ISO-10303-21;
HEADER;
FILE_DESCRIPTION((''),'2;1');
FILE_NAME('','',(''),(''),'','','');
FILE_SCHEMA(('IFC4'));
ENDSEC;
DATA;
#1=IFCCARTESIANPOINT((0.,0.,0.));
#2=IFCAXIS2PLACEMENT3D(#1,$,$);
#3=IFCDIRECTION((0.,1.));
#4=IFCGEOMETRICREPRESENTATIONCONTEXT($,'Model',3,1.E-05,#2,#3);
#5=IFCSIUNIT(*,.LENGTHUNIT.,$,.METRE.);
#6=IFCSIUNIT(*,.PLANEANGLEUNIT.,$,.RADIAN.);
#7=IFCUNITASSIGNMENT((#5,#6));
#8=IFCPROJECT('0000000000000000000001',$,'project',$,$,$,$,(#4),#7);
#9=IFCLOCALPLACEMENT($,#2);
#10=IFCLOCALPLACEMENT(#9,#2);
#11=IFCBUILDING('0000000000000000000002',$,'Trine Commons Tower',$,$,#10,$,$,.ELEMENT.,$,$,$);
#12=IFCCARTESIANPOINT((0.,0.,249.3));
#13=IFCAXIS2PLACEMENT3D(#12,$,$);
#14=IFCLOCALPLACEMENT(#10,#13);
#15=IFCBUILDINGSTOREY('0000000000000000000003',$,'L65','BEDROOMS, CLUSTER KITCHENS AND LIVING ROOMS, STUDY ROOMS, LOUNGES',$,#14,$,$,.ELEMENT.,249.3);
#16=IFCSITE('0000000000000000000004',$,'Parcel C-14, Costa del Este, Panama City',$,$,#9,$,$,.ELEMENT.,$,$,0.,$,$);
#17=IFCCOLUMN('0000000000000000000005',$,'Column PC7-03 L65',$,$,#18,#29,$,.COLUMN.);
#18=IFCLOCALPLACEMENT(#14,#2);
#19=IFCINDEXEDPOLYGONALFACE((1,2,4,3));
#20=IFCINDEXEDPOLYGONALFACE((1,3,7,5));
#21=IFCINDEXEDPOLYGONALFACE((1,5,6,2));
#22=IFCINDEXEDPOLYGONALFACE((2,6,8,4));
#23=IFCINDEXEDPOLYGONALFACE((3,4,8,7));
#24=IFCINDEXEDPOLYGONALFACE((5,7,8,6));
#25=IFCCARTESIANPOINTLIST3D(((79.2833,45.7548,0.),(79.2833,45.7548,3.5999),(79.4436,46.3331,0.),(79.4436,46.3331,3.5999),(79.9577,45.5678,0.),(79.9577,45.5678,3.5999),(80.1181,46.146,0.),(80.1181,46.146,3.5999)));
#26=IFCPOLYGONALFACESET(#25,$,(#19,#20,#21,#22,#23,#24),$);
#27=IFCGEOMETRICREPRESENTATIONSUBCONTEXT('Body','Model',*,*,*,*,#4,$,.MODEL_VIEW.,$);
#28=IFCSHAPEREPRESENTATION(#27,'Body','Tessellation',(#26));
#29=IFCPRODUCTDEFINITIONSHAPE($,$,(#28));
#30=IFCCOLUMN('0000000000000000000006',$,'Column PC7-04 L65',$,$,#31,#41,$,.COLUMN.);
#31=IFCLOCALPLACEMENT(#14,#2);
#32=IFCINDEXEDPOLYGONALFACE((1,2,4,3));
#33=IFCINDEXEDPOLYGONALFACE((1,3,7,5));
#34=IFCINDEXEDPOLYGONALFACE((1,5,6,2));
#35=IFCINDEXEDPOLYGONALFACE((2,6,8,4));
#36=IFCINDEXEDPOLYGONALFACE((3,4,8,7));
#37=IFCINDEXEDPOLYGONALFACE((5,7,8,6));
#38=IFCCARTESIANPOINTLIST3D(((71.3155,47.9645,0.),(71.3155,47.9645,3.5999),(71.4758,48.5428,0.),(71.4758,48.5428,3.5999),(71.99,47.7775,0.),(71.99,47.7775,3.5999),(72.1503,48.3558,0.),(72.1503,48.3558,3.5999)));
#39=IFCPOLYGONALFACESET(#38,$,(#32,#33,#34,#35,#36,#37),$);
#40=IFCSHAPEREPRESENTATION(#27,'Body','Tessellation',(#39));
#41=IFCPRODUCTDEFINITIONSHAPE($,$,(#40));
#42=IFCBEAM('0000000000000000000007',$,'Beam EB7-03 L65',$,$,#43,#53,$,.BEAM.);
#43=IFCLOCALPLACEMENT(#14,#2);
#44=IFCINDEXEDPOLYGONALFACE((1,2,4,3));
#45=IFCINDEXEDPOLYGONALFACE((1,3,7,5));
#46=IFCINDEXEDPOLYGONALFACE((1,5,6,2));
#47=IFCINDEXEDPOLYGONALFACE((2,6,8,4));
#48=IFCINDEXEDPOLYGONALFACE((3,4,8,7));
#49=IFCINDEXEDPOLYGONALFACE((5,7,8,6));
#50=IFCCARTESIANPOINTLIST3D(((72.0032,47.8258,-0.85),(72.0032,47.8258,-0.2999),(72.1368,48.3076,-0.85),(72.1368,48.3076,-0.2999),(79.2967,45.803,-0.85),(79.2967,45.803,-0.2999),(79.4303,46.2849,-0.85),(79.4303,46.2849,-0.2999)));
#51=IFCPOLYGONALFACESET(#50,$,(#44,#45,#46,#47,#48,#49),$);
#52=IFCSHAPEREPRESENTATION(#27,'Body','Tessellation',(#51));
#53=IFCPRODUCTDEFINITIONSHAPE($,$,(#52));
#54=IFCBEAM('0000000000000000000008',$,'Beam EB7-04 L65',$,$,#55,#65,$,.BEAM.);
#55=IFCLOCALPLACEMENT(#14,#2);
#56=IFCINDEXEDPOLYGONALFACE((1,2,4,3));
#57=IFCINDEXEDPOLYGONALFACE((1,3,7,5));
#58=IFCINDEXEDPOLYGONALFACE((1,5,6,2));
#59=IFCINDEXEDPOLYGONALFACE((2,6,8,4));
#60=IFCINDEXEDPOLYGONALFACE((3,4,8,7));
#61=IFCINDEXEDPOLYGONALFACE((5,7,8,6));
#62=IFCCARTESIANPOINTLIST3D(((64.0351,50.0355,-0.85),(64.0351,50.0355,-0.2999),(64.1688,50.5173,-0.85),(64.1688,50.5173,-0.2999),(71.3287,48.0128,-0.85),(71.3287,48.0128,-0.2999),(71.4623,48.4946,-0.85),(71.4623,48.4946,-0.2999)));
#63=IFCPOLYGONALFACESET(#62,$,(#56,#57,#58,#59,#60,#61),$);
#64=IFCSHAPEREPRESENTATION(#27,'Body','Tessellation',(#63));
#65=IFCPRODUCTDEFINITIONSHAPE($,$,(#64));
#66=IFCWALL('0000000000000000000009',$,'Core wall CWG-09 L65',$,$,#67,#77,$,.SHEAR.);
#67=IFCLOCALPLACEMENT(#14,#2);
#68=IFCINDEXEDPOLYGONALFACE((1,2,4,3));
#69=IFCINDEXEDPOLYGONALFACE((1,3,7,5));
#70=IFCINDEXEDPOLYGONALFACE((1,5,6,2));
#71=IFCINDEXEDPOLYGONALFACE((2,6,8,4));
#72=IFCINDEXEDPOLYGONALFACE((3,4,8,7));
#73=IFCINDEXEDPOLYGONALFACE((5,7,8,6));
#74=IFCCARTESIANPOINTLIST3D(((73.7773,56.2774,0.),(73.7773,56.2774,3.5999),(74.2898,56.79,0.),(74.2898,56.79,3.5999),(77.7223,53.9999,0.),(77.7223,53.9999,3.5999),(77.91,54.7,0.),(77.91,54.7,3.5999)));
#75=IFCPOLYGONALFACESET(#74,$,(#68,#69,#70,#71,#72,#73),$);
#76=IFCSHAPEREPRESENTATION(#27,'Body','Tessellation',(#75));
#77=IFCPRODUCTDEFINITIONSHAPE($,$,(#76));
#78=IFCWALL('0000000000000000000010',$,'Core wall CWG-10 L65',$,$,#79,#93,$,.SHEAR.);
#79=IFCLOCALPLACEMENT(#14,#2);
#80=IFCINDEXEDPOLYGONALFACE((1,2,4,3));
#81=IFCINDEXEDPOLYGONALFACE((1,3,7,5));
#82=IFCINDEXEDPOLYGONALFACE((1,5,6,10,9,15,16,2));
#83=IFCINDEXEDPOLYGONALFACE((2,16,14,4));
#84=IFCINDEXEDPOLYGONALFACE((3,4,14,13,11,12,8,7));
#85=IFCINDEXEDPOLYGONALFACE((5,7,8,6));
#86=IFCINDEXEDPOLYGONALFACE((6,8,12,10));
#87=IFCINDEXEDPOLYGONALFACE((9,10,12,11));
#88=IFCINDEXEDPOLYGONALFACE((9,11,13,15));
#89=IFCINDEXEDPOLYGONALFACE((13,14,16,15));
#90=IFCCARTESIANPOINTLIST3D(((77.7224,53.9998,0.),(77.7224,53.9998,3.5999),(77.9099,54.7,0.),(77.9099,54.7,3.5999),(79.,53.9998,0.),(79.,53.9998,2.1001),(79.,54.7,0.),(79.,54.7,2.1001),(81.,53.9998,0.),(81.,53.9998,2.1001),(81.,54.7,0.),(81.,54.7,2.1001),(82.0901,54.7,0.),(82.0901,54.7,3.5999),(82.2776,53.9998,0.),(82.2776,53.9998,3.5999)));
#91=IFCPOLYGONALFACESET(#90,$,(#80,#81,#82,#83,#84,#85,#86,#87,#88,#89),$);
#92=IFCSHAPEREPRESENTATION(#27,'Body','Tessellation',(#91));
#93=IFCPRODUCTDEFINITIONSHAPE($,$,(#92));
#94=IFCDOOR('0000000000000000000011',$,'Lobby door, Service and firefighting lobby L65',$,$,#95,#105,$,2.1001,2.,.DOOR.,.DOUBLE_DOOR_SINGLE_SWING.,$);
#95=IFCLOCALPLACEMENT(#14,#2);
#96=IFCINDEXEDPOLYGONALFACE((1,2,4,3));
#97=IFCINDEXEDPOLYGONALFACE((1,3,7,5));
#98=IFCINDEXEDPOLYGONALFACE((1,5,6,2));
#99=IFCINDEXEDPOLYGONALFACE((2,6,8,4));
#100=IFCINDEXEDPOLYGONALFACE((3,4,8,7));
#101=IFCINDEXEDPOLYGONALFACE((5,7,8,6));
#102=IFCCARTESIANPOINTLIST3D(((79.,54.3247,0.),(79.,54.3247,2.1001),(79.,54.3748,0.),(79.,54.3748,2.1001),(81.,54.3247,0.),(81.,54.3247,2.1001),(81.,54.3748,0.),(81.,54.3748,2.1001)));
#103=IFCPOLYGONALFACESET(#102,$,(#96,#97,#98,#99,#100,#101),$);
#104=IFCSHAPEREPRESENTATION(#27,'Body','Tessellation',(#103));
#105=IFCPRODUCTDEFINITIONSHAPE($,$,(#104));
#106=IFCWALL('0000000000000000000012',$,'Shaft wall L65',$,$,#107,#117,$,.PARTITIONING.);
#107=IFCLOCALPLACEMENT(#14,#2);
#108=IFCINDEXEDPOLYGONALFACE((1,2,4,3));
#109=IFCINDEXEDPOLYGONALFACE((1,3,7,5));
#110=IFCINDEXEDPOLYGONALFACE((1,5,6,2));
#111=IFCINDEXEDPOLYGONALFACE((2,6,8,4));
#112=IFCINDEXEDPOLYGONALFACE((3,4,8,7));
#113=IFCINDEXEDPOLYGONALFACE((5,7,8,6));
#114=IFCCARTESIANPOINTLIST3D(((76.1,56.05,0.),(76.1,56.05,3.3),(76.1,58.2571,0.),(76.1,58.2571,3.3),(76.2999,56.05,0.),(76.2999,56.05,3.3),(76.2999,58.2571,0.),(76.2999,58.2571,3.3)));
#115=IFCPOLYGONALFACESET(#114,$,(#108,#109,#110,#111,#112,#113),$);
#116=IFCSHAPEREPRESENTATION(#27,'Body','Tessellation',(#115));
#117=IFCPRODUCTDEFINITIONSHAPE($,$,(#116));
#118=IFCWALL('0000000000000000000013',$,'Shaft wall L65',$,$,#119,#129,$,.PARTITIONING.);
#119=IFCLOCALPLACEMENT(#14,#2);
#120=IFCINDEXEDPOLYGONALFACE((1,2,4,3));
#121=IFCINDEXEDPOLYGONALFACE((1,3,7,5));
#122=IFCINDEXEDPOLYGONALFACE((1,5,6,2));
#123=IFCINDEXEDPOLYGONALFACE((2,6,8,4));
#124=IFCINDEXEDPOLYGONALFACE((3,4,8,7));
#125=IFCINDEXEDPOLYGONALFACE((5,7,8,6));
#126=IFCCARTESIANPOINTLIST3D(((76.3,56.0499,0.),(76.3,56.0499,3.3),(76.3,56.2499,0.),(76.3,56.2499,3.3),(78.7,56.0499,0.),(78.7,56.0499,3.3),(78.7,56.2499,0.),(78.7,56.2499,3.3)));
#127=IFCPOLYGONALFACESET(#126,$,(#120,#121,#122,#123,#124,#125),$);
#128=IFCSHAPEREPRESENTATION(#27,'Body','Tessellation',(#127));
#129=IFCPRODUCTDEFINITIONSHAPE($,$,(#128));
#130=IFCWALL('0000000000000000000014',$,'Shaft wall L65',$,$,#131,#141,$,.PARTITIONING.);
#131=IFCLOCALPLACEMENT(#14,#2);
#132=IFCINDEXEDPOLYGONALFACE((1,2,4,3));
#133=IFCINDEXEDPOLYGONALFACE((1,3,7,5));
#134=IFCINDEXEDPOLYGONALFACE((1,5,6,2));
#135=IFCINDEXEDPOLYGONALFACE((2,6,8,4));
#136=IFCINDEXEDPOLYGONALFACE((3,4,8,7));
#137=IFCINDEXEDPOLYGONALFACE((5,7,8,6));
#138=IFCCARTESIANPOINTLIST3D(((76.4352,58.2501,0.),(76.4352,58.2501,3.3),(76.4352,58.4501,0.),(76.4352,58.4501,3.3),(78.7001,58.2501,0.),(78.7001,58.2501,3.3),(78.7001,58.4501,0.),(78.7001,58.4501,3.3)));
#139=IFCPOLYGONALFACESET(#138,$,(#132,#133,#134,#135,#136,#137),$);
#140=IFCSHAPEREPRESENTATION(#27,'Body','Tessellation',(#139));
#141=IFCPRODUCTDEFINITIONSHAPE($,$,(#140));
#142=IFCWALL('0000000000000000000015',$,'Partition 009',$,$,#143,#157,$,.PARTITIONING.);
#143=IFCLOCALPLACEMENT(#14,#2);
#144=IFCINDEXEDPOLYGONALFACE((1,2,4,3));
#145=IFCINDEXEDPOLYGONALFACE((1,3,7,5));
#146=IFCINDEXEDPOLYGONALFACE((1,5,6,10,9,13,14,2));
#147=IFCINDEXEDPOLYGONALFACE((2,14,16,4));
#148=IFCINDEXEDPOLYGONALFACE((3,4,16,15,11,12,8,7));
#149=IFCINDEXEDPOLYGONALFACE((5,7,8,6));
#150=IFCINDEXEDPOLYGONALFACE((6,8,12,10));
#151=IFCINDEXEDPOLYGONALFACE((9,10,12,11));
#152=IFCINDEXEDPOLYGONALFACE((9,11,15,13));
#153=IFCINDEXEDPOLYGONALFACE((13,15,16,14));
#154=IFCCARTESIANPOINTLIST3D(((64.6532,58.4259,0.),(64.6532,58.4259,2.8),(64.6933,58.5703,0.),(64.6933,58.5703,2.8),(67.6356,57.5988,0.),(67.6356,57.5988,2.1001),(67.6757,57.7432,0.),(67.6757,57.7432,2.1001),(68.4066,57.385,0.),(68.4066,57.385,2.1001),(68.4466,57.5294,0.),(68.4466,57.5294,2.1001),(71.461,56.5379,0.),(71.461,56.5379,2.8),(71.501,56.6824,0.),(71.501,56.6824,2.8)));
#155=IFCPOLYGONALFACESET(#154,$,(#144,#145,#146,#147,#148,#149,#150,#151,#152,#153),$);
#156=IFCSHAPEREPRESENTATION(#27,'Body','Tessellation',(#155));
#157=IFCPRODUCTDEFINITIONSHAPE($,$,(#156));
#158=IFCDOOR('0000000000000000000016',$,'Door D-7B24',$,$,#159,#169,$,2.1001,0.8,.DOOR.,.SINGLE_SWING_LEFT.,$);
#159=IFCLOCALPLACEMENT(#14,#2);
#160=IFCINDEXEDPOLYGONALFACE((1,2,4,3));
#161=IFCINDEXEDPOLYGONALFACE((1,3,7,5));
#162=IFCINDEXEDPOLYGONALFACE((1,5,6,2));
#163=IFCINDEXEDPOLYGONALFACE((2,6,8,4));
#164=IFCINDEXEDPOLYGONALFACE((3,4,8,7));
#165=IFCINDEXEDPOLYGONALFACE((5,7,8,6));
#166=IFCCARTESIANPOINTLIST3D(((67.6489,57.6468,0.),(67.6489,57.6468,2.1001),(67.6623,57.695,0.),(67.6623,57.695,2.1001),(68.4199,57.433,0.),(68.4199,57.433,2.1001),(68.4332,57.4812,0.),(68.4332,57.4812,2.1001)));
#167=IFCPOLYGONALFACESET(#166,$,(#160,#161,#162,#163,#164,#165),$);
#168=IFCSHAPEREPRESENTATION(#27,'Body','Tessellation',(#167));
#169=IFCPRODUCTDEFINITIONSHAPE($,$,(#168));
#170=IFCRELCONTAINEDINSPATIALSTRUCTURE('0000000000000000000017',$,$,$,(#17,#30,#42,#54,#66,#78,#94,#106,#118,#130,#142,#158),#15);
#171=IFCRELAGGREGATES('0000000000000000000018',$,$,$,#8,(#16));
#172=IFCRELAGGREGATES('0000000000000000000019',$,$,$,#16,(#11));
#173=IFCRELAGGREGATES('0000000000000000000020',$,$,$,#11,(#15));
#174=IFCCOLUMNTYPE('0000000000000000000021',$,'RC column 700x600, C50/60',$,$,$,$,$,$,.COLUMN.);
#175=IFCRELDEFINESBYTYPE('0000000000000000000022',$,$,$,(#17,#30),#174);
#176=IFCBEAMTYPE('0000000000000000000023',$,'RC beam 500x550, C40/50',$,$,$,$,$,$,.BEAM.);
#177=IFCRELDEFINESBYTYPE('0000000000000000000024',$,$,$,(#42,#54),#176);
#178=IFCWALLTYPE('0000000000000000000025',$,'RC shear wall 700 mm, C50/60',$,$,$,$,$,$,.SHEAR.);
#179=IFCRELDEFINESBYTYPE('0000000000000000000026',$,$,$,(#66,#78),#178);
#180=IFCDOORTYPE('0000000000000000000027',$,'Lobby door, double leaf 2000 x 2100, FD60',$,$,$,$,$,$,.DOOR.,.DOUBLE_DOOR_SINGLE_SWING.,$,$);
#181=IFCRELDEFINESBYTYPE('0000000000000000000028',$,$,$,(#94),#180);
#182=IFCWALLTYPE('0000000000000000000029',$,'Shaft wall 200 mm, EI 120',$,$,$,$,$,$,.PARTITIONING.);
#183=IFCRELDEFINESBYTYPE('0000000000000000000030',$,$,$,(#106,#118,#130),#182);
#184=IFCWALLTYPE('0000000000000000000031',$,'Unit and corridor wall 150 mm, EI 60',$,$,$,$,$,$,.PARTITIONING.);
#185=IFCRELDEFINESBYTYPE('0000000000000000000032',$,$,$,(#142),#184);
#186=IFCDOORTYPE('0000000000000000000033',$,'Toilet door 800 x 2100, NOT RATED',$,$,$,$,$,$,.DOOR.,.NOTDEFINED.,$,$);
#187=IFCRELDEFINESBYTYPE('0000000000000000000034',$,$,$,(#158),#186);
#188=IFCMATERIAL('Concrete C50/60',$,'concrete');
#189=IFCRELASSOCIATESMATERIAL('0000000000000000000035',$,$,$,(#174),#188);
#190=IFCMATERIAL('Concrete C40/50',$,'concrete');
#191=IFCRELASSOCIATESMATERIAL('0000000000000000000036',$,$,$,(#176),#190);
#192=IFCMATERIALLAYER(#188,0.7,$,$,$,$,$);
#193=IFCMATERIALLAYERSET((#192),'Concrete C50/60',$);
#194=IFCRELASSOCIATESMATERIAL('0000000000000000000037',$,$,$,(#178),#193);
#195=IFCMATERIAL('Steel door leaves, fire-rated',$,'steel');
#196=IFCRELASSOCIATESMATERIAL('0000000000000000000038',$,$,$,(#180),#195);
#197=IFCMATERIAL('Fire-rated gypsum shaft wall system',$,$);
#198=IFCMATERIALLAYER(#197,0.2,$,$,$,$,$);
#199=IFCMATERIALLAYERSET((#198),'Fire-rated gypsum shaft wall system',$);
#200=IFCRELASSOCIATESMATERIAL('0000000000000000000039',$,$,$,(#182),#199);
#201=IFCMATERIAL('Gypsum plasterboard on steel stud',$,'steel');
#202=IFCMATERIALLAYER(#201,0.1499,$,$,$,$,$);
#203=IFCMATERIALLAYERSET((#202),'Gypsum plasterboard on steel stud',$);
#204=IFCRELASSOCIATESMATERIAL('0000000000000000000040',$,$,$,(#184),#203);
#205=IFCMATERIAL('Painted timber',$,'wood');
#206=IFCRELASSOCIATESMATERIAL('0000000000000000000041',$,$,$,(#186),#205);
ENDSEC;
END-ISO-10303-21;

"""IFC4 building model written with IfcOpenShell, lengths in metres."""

from ifc_helpers import new_model, si_unit, direction, frame, frame_2d, origin, origin_2d, place, context, subcontext, project, spatial, polyline, rectangle, outline, extrude, material, layer, layer_set, material_profile, profile_set, type_object, element, fill, save


model = new_model("IFC4")

# Units and contexts
model_context = context("Model", 3, precision=1e-05, world=origin(), true_north=direction((0.0, 1.0)))
body_context = subcontext(model_context, "Body", "Model", "MODEL_VIEW")
ifc_project = project(units=[si_unit("LENGTHUNIT", "METRE"), si_unit("PLANEANGLEUNIT", "RADIAN")], contexts=[model_context])

# Site, building, storey
site_placement = place(None, origin())
site = spatial("IfcSite", under=ifc_project, at=site_placement, Name="Parcel C-14, Costa del Este, Panama City", CompositionType="ELEMENT", RefElevation=0.0)
building_placement = place(site_placement, origin())
building = spatial("IfcBuilding", under=site, at=building_placement, Name="Trine Commons Tower", CompositionType="ELEMENT")
storey_placement = place(building_placement, frame((0.0, 0.0, 249.3)))
storey = spatial("IfcBuildingStorey", under=building, at=storey_placement, Name="L65", Description="BEDROOMS, CLUSTER KITCHENS AND LIVING ROOMS, STUDY ROOMS, LOUNGES", CompositionType="ELEMENT", Elevation=249.3)

# Columns
ifc_material_1 = material(Name="Concrete C50/60", Category="concrete")
ifc_material_profile_1 = material_profile(ifc_material_1, rectangle(XDim=0.7, YDim=0.6001, at=origin_2d()), Name="RC 700x600")
ifc_profile_set_1 = profile_set([ifc_material_profile_1], Name="Concrete C50/60")
column_type = type_object("IfcColumnType", Name="RC column 700x600, C50/60", PredefinedType="COLUMN", material=ifc_profile_set_1)
for number, where, z_axis, x_axis, name in (
    (1, (79.7007, 45.9504, 0.0), (0.0, 0.0, 1.0), (-0.96363, 0.267238, 0.0), "Column PC7-03 L65"),
    (2, (71.7329, 48.1602, 0.0), (0.0, 0.0, 1.0), (-0.96363, 0.267238, 0.0), "Column PC7-04 L65"),
):
    element("IfcColumn", number, at=place(storey_placement, frame(where, z_axis=z_axis, x_axis=x_axis)), inside=storey, type_object=column_type, Name=name, PredefinedType="COLUMN", context=body_context, shape_type="SweptSolid", body=[
        extrude(rectangle(XDim=0.7, YDim=0.6001, at=origin_2d()), origin(), (0.0, 0.0, 1.0), 3.5999),
    ])

# Beams
ifc_material_2 = material(Name="Concrete C40/50", Category="concrete")
ifc_material_profile_2 = material_profile(ifc_material_2, rectangle(XDim=0.5, YDim=0.55, at=origin_2d()), Name="RC 500x550")
ifc_profile_set_2 = profile_set([ifc_material_profile_2], Name="Concrete C40/50")
beam_type = type_object("IfcBeamType", Name="RC beam 500x550, C40/50", PredefinedType="BEAM", material=ifc_profile_set_2)
for number, where, z_axis, x_axis, name in (
    (3, (79.3635, 46.0439, -0.575), (-0.963629, 0.267245, 0.0), (-0.267245, -0.963629, 0.0), "Beam EB7-03 L65"),
    (4, (71.3955, 48.2537, -0.575), (-0.963629, 0.267245, 0.0), (-0.267245, -0.963629, 0.0), "Beam EB7-04 L65"),
):
    element("IfcBeam", number, at=place(storey_placement, frame(where, z_axis=z_axis, x_axis=x_axis)), inside=storey, type_object=beam_type, Name=name, PredefinedType="BEAM", context=body_context, shape_type="SweptSolid", body=[
        extrude(rectangle(XDim=0.5, YDim=0.55, at=origin_2d()), origin(), (0.0, 0.0, 1.0), 7.5688),
    ])

# Wall
ifc_layer_1 = layer(ifc_material_1, 0.7)
ifc_layer_set_1 = layer_set([ifc_layer_1], Name="Concrete C50/60")
wall_type_1 = type_object("IfcWallType", Name="RC shear wall 700 mm, C50/60", PredefinedType="SHEAR", material=ifc_layer_set_1)
wall_1_placement = place(storey_placement, frame((73.9524, 56.5806, 0.0), z_axis=(0.0, 0.0, 1.0), x_axis=(0.866035, -0.499984, 0.0)))
element("IfcWall", 5, at=wall_1_placement, inside=storey, type_object=wall_type_1, Name="Core wall CWG-09 L65", PredefinedType="SHEAR", context=body_context, shape_type="SweptSolid", body=[
    extrude(outline(polyline([(0.0, -0.3501), (4.5552, -0.3501), (4.3677, 0.3501), (0.1875, 0.3501), (0.0, -0.3501)])), origin(), (0.0, 0.0, 1.0), 3.5999),
])

# Wall, opening, door
wall_2_placement = place(storey_placement, frame((77.7224, 54.3499, 0.0), z_axis=(0.0, 0.0, 1.0), x_axis=(1.0, 0.0, 0.0)))
wall_2 = element("IfcWall", 6, at=wall_2_placement, inside=storey, type_object=wall_type_1, Name="Core wall CWG-10 L65", PredefinedType="SHEAR", context=body_context, shape_type="SweptSolid", body=[
    extrude(outline(polyline([(0.0, -0.3501), (4.5552, -0.3501), (4.3677, 0.3501), (0.1875, 0.3501), (0.0, -0.3501)])), origin(), (0.0, 0.0, 1.0), 3.5999),
])
opening_1_placement = place(wall_2_placement, frame((1.2776, 0.0, 0.0)))
opening_1 = element("IfcOpeningElement", 7, at=opening_1_placement, cuts=wall_2, PredefinedType="OPENING", context=body_context, shape_type="SweptSolid", body=[
    extrude(rectangle(XDim=2.0, YDim=2.1001, at=frame_2d((1.0, 1.05))), frame((0.0, 0.3599, 0.0), z_axis=(0.0, -1.0, 0.0), x_axis=(1.0, 0.0, 0.0)), (0.0, 0.0, 1.0), 0.72),
])
ifc_material_3 = material(Name="Steel door leaves, fire-rated", Category="steel")
door_type_1 = type_object("IfcDoorType", Name="Lobby door, double leaf 2000 x 2100, FD60", OperationType="DOUBLE_DOOR_SINGLE_SWING", PredefinedType="DOOR", material=ifc_material_3)
door_1_placement = place(opening_1_placement, origin())
door_1 = element("IfcDoor", 8, at=door_1_placement, inside=storey, type_object=door_type_1, Name="Lobby door, Service and firefighting lobby L65", OperationType="DOUBLE_DOOR_SINGLE_SWING", OverallHeight=2.1001, OverallWidth=2.0, PredefinedType="DOOR", context=body_context, shape_type="SweptSolid", body=[
    extrude(rectangle(XDim=2.0, YDim=2.1001, at=frame_2d((1.0, 1.05))), frame((0.0, 0.0249, 0.0), z_axis=(0.0, -1.0, 0.0), x_axis=(1.0, 0.0, 0.0)), (0.0, 0.0, 1.0), 0.05),
])
fill(opening_1, door_1)

# Walls
ifc_material_4 = material(Name="Fire-rated gypsum shaft wall system")
ifc_layer_2 = layer(ifc_material_4, 0.2)
ifc_layer_set_2 = layer_set([ifc_layer_2], Name="Fire-rated gypsum shaft wall system")
wall_type_2 = type_object("IfcWallType", Name="Shaft wall 200 mm, EI 120", PredefinedType="PARTITIONING", material=ifc_layer_set_2)
wall_3_placement = place(storey_placement, frame((76.2, 58.2571, 0.0), z_axis=(0.0, 0.0, 1.0), x_axis=(0.0, -1.0, 0.0)))
element("IfcWall", 9, at=wall_3_placement, inside=storey, type_object=wall_type_2, Name="Shaft wall L65", PredefinedType="PARTITIONING", context=body_context, shape_type="SweptSolid", body=[
    extrude(rectangle(XDim=2.207, YDim=0.2, at=frame_2d((1.1035, 0.0))), origin(), (0.0, 0.0, 1.0), 3.3),
])
wall_4_placement = place(storey_placement, frame((78.7, 56.1499, 0.0), z_axis=(0.0, 0.0, 1.0), x_axis=(-1.0, 0.0, 0.0)))
element("IfcWall", 10, at=wall_4_placement, inside=storey, type_object=wall_type_2, Name="Shaft wall L65", PredefinedType="PARTITIONING", context=body_context, shape_type="SweptSolid", body=[
    extrude(rectangle(XDim=2.3999, YDim=0.2, at=frame_2d((1.2, 0.0))), origin(), (0.0, 0.0, 1.0), 3.3),
])
wall_5_placement = place(storey_placement, frame((78.7, 58.3501, 0.0), z_axis=(0.0, 0.0, 1.0), x_axis=(-1.0, 0.0, 0.0)))
element("IfcWall", 11, at=wall_5_placement, inside=storey, type_object=wall_type_2, Name="Shaft wall L65", PredefinedType="PARTITIONING", context=body_context, shape_type="SweptSolid", body=[
    extrude(rectangle(XDim=2.2649, YDim=0.2, at=frame_2d((1.1323, 0.0))), origin(), (0.0, 0.0, 1.0), 3.3),
])

# Wall, opening, door
ifc_material_5 = material(Name="Gypsum plasterboard on steel stud", Category="steel")
ifc_layer_3 = layer(ifc_material_5, 0.1499)
ifc_layer_set_3 = layer_set([ifc_layer_3], Name="Gypsum plasterboard on steel stud")
wall_type_3 = type_object("IfcWallType", Name="Unit and corridor wall 150 mm, EI 60", PredefinedType="PARTITIONING", material=ifc_layer_set_3)
wall_6_placement = place(storey_placement, frame((64.6733, 58.498, 0.0), z_axis=(0.0, 0.0, 1.0), x_axis=(0.963632, -0.267232, 0.0)))
wall_6 = element("IfcWall", 12, at=wall_6_placement, inside=storey, type_object=wall_type_3, Name="Partition 009", PredefinedType="PARTITIONING", context=body_context, shape_type="SweptSolid", body=[
    extrude(rectangle(XDim=7.0647, YDim=0.1499, at=frame_2d((3.5322, 0.0))), origin(), (0.0, 0.0, 1.0), 2.8),
])
opening_2_placement = place(wall_6_placement, frame((3.095, 0.0, 0.0)))
opening_2 = element("IfcOpeningElement", 13, at=opening_2_placement, cuts=wall_6, PredefinedType="OPENING", context=body_context, shape_type="SweptSolid", body=[
    extrude(rectangle(XDim=0.8, YDim=2.1001, at=frame_2d((0.3999, 1.05))), frame((0.0, 0.085, 0.0), z_axis=(0.0, -1.0, 0.0), x_axis=(1.0, 0.0, 0.0)), (0.0, 0.0, 1.0), 0.1699),
])
ifc_material_6 = material(Name="Painted timber", Category="wood")
door_type_2 = type_object("IfcDoorType", Name="Toilet door 800 x 2100, NOT RATED", OperationType="NOTDEFINED", PredefinedType="DOOR", material=ifc_material_6)
door_2_placement = place(opening_2_placement, origin())
door_2 = element("IfcDoor", 14, at=door_2_placement, inside=storey, type_object=door_type_2, Name="Door D-7B24", OperationType="SINGLE_SWING_LEFT", OverallHeight=2.1001, OverallWidth=0.8, PredefinedType="DOOR", context=body_context, shape_type="SweptSolid", body=[
    extrude(rectangle(XDim=0.8, YDim=2.1001, at=frame_2d((0.3999, 1.05))), frame((0.0, 0.0249, 0.0), z_axis=(0.0, -1.0, 0.0), x_axis=(1.0, 0.0, 0.0)), (0.0, 0.0, 1.0), 0.05),
])
fill(opening_2, door_2)

save(model, "model.ifc")
